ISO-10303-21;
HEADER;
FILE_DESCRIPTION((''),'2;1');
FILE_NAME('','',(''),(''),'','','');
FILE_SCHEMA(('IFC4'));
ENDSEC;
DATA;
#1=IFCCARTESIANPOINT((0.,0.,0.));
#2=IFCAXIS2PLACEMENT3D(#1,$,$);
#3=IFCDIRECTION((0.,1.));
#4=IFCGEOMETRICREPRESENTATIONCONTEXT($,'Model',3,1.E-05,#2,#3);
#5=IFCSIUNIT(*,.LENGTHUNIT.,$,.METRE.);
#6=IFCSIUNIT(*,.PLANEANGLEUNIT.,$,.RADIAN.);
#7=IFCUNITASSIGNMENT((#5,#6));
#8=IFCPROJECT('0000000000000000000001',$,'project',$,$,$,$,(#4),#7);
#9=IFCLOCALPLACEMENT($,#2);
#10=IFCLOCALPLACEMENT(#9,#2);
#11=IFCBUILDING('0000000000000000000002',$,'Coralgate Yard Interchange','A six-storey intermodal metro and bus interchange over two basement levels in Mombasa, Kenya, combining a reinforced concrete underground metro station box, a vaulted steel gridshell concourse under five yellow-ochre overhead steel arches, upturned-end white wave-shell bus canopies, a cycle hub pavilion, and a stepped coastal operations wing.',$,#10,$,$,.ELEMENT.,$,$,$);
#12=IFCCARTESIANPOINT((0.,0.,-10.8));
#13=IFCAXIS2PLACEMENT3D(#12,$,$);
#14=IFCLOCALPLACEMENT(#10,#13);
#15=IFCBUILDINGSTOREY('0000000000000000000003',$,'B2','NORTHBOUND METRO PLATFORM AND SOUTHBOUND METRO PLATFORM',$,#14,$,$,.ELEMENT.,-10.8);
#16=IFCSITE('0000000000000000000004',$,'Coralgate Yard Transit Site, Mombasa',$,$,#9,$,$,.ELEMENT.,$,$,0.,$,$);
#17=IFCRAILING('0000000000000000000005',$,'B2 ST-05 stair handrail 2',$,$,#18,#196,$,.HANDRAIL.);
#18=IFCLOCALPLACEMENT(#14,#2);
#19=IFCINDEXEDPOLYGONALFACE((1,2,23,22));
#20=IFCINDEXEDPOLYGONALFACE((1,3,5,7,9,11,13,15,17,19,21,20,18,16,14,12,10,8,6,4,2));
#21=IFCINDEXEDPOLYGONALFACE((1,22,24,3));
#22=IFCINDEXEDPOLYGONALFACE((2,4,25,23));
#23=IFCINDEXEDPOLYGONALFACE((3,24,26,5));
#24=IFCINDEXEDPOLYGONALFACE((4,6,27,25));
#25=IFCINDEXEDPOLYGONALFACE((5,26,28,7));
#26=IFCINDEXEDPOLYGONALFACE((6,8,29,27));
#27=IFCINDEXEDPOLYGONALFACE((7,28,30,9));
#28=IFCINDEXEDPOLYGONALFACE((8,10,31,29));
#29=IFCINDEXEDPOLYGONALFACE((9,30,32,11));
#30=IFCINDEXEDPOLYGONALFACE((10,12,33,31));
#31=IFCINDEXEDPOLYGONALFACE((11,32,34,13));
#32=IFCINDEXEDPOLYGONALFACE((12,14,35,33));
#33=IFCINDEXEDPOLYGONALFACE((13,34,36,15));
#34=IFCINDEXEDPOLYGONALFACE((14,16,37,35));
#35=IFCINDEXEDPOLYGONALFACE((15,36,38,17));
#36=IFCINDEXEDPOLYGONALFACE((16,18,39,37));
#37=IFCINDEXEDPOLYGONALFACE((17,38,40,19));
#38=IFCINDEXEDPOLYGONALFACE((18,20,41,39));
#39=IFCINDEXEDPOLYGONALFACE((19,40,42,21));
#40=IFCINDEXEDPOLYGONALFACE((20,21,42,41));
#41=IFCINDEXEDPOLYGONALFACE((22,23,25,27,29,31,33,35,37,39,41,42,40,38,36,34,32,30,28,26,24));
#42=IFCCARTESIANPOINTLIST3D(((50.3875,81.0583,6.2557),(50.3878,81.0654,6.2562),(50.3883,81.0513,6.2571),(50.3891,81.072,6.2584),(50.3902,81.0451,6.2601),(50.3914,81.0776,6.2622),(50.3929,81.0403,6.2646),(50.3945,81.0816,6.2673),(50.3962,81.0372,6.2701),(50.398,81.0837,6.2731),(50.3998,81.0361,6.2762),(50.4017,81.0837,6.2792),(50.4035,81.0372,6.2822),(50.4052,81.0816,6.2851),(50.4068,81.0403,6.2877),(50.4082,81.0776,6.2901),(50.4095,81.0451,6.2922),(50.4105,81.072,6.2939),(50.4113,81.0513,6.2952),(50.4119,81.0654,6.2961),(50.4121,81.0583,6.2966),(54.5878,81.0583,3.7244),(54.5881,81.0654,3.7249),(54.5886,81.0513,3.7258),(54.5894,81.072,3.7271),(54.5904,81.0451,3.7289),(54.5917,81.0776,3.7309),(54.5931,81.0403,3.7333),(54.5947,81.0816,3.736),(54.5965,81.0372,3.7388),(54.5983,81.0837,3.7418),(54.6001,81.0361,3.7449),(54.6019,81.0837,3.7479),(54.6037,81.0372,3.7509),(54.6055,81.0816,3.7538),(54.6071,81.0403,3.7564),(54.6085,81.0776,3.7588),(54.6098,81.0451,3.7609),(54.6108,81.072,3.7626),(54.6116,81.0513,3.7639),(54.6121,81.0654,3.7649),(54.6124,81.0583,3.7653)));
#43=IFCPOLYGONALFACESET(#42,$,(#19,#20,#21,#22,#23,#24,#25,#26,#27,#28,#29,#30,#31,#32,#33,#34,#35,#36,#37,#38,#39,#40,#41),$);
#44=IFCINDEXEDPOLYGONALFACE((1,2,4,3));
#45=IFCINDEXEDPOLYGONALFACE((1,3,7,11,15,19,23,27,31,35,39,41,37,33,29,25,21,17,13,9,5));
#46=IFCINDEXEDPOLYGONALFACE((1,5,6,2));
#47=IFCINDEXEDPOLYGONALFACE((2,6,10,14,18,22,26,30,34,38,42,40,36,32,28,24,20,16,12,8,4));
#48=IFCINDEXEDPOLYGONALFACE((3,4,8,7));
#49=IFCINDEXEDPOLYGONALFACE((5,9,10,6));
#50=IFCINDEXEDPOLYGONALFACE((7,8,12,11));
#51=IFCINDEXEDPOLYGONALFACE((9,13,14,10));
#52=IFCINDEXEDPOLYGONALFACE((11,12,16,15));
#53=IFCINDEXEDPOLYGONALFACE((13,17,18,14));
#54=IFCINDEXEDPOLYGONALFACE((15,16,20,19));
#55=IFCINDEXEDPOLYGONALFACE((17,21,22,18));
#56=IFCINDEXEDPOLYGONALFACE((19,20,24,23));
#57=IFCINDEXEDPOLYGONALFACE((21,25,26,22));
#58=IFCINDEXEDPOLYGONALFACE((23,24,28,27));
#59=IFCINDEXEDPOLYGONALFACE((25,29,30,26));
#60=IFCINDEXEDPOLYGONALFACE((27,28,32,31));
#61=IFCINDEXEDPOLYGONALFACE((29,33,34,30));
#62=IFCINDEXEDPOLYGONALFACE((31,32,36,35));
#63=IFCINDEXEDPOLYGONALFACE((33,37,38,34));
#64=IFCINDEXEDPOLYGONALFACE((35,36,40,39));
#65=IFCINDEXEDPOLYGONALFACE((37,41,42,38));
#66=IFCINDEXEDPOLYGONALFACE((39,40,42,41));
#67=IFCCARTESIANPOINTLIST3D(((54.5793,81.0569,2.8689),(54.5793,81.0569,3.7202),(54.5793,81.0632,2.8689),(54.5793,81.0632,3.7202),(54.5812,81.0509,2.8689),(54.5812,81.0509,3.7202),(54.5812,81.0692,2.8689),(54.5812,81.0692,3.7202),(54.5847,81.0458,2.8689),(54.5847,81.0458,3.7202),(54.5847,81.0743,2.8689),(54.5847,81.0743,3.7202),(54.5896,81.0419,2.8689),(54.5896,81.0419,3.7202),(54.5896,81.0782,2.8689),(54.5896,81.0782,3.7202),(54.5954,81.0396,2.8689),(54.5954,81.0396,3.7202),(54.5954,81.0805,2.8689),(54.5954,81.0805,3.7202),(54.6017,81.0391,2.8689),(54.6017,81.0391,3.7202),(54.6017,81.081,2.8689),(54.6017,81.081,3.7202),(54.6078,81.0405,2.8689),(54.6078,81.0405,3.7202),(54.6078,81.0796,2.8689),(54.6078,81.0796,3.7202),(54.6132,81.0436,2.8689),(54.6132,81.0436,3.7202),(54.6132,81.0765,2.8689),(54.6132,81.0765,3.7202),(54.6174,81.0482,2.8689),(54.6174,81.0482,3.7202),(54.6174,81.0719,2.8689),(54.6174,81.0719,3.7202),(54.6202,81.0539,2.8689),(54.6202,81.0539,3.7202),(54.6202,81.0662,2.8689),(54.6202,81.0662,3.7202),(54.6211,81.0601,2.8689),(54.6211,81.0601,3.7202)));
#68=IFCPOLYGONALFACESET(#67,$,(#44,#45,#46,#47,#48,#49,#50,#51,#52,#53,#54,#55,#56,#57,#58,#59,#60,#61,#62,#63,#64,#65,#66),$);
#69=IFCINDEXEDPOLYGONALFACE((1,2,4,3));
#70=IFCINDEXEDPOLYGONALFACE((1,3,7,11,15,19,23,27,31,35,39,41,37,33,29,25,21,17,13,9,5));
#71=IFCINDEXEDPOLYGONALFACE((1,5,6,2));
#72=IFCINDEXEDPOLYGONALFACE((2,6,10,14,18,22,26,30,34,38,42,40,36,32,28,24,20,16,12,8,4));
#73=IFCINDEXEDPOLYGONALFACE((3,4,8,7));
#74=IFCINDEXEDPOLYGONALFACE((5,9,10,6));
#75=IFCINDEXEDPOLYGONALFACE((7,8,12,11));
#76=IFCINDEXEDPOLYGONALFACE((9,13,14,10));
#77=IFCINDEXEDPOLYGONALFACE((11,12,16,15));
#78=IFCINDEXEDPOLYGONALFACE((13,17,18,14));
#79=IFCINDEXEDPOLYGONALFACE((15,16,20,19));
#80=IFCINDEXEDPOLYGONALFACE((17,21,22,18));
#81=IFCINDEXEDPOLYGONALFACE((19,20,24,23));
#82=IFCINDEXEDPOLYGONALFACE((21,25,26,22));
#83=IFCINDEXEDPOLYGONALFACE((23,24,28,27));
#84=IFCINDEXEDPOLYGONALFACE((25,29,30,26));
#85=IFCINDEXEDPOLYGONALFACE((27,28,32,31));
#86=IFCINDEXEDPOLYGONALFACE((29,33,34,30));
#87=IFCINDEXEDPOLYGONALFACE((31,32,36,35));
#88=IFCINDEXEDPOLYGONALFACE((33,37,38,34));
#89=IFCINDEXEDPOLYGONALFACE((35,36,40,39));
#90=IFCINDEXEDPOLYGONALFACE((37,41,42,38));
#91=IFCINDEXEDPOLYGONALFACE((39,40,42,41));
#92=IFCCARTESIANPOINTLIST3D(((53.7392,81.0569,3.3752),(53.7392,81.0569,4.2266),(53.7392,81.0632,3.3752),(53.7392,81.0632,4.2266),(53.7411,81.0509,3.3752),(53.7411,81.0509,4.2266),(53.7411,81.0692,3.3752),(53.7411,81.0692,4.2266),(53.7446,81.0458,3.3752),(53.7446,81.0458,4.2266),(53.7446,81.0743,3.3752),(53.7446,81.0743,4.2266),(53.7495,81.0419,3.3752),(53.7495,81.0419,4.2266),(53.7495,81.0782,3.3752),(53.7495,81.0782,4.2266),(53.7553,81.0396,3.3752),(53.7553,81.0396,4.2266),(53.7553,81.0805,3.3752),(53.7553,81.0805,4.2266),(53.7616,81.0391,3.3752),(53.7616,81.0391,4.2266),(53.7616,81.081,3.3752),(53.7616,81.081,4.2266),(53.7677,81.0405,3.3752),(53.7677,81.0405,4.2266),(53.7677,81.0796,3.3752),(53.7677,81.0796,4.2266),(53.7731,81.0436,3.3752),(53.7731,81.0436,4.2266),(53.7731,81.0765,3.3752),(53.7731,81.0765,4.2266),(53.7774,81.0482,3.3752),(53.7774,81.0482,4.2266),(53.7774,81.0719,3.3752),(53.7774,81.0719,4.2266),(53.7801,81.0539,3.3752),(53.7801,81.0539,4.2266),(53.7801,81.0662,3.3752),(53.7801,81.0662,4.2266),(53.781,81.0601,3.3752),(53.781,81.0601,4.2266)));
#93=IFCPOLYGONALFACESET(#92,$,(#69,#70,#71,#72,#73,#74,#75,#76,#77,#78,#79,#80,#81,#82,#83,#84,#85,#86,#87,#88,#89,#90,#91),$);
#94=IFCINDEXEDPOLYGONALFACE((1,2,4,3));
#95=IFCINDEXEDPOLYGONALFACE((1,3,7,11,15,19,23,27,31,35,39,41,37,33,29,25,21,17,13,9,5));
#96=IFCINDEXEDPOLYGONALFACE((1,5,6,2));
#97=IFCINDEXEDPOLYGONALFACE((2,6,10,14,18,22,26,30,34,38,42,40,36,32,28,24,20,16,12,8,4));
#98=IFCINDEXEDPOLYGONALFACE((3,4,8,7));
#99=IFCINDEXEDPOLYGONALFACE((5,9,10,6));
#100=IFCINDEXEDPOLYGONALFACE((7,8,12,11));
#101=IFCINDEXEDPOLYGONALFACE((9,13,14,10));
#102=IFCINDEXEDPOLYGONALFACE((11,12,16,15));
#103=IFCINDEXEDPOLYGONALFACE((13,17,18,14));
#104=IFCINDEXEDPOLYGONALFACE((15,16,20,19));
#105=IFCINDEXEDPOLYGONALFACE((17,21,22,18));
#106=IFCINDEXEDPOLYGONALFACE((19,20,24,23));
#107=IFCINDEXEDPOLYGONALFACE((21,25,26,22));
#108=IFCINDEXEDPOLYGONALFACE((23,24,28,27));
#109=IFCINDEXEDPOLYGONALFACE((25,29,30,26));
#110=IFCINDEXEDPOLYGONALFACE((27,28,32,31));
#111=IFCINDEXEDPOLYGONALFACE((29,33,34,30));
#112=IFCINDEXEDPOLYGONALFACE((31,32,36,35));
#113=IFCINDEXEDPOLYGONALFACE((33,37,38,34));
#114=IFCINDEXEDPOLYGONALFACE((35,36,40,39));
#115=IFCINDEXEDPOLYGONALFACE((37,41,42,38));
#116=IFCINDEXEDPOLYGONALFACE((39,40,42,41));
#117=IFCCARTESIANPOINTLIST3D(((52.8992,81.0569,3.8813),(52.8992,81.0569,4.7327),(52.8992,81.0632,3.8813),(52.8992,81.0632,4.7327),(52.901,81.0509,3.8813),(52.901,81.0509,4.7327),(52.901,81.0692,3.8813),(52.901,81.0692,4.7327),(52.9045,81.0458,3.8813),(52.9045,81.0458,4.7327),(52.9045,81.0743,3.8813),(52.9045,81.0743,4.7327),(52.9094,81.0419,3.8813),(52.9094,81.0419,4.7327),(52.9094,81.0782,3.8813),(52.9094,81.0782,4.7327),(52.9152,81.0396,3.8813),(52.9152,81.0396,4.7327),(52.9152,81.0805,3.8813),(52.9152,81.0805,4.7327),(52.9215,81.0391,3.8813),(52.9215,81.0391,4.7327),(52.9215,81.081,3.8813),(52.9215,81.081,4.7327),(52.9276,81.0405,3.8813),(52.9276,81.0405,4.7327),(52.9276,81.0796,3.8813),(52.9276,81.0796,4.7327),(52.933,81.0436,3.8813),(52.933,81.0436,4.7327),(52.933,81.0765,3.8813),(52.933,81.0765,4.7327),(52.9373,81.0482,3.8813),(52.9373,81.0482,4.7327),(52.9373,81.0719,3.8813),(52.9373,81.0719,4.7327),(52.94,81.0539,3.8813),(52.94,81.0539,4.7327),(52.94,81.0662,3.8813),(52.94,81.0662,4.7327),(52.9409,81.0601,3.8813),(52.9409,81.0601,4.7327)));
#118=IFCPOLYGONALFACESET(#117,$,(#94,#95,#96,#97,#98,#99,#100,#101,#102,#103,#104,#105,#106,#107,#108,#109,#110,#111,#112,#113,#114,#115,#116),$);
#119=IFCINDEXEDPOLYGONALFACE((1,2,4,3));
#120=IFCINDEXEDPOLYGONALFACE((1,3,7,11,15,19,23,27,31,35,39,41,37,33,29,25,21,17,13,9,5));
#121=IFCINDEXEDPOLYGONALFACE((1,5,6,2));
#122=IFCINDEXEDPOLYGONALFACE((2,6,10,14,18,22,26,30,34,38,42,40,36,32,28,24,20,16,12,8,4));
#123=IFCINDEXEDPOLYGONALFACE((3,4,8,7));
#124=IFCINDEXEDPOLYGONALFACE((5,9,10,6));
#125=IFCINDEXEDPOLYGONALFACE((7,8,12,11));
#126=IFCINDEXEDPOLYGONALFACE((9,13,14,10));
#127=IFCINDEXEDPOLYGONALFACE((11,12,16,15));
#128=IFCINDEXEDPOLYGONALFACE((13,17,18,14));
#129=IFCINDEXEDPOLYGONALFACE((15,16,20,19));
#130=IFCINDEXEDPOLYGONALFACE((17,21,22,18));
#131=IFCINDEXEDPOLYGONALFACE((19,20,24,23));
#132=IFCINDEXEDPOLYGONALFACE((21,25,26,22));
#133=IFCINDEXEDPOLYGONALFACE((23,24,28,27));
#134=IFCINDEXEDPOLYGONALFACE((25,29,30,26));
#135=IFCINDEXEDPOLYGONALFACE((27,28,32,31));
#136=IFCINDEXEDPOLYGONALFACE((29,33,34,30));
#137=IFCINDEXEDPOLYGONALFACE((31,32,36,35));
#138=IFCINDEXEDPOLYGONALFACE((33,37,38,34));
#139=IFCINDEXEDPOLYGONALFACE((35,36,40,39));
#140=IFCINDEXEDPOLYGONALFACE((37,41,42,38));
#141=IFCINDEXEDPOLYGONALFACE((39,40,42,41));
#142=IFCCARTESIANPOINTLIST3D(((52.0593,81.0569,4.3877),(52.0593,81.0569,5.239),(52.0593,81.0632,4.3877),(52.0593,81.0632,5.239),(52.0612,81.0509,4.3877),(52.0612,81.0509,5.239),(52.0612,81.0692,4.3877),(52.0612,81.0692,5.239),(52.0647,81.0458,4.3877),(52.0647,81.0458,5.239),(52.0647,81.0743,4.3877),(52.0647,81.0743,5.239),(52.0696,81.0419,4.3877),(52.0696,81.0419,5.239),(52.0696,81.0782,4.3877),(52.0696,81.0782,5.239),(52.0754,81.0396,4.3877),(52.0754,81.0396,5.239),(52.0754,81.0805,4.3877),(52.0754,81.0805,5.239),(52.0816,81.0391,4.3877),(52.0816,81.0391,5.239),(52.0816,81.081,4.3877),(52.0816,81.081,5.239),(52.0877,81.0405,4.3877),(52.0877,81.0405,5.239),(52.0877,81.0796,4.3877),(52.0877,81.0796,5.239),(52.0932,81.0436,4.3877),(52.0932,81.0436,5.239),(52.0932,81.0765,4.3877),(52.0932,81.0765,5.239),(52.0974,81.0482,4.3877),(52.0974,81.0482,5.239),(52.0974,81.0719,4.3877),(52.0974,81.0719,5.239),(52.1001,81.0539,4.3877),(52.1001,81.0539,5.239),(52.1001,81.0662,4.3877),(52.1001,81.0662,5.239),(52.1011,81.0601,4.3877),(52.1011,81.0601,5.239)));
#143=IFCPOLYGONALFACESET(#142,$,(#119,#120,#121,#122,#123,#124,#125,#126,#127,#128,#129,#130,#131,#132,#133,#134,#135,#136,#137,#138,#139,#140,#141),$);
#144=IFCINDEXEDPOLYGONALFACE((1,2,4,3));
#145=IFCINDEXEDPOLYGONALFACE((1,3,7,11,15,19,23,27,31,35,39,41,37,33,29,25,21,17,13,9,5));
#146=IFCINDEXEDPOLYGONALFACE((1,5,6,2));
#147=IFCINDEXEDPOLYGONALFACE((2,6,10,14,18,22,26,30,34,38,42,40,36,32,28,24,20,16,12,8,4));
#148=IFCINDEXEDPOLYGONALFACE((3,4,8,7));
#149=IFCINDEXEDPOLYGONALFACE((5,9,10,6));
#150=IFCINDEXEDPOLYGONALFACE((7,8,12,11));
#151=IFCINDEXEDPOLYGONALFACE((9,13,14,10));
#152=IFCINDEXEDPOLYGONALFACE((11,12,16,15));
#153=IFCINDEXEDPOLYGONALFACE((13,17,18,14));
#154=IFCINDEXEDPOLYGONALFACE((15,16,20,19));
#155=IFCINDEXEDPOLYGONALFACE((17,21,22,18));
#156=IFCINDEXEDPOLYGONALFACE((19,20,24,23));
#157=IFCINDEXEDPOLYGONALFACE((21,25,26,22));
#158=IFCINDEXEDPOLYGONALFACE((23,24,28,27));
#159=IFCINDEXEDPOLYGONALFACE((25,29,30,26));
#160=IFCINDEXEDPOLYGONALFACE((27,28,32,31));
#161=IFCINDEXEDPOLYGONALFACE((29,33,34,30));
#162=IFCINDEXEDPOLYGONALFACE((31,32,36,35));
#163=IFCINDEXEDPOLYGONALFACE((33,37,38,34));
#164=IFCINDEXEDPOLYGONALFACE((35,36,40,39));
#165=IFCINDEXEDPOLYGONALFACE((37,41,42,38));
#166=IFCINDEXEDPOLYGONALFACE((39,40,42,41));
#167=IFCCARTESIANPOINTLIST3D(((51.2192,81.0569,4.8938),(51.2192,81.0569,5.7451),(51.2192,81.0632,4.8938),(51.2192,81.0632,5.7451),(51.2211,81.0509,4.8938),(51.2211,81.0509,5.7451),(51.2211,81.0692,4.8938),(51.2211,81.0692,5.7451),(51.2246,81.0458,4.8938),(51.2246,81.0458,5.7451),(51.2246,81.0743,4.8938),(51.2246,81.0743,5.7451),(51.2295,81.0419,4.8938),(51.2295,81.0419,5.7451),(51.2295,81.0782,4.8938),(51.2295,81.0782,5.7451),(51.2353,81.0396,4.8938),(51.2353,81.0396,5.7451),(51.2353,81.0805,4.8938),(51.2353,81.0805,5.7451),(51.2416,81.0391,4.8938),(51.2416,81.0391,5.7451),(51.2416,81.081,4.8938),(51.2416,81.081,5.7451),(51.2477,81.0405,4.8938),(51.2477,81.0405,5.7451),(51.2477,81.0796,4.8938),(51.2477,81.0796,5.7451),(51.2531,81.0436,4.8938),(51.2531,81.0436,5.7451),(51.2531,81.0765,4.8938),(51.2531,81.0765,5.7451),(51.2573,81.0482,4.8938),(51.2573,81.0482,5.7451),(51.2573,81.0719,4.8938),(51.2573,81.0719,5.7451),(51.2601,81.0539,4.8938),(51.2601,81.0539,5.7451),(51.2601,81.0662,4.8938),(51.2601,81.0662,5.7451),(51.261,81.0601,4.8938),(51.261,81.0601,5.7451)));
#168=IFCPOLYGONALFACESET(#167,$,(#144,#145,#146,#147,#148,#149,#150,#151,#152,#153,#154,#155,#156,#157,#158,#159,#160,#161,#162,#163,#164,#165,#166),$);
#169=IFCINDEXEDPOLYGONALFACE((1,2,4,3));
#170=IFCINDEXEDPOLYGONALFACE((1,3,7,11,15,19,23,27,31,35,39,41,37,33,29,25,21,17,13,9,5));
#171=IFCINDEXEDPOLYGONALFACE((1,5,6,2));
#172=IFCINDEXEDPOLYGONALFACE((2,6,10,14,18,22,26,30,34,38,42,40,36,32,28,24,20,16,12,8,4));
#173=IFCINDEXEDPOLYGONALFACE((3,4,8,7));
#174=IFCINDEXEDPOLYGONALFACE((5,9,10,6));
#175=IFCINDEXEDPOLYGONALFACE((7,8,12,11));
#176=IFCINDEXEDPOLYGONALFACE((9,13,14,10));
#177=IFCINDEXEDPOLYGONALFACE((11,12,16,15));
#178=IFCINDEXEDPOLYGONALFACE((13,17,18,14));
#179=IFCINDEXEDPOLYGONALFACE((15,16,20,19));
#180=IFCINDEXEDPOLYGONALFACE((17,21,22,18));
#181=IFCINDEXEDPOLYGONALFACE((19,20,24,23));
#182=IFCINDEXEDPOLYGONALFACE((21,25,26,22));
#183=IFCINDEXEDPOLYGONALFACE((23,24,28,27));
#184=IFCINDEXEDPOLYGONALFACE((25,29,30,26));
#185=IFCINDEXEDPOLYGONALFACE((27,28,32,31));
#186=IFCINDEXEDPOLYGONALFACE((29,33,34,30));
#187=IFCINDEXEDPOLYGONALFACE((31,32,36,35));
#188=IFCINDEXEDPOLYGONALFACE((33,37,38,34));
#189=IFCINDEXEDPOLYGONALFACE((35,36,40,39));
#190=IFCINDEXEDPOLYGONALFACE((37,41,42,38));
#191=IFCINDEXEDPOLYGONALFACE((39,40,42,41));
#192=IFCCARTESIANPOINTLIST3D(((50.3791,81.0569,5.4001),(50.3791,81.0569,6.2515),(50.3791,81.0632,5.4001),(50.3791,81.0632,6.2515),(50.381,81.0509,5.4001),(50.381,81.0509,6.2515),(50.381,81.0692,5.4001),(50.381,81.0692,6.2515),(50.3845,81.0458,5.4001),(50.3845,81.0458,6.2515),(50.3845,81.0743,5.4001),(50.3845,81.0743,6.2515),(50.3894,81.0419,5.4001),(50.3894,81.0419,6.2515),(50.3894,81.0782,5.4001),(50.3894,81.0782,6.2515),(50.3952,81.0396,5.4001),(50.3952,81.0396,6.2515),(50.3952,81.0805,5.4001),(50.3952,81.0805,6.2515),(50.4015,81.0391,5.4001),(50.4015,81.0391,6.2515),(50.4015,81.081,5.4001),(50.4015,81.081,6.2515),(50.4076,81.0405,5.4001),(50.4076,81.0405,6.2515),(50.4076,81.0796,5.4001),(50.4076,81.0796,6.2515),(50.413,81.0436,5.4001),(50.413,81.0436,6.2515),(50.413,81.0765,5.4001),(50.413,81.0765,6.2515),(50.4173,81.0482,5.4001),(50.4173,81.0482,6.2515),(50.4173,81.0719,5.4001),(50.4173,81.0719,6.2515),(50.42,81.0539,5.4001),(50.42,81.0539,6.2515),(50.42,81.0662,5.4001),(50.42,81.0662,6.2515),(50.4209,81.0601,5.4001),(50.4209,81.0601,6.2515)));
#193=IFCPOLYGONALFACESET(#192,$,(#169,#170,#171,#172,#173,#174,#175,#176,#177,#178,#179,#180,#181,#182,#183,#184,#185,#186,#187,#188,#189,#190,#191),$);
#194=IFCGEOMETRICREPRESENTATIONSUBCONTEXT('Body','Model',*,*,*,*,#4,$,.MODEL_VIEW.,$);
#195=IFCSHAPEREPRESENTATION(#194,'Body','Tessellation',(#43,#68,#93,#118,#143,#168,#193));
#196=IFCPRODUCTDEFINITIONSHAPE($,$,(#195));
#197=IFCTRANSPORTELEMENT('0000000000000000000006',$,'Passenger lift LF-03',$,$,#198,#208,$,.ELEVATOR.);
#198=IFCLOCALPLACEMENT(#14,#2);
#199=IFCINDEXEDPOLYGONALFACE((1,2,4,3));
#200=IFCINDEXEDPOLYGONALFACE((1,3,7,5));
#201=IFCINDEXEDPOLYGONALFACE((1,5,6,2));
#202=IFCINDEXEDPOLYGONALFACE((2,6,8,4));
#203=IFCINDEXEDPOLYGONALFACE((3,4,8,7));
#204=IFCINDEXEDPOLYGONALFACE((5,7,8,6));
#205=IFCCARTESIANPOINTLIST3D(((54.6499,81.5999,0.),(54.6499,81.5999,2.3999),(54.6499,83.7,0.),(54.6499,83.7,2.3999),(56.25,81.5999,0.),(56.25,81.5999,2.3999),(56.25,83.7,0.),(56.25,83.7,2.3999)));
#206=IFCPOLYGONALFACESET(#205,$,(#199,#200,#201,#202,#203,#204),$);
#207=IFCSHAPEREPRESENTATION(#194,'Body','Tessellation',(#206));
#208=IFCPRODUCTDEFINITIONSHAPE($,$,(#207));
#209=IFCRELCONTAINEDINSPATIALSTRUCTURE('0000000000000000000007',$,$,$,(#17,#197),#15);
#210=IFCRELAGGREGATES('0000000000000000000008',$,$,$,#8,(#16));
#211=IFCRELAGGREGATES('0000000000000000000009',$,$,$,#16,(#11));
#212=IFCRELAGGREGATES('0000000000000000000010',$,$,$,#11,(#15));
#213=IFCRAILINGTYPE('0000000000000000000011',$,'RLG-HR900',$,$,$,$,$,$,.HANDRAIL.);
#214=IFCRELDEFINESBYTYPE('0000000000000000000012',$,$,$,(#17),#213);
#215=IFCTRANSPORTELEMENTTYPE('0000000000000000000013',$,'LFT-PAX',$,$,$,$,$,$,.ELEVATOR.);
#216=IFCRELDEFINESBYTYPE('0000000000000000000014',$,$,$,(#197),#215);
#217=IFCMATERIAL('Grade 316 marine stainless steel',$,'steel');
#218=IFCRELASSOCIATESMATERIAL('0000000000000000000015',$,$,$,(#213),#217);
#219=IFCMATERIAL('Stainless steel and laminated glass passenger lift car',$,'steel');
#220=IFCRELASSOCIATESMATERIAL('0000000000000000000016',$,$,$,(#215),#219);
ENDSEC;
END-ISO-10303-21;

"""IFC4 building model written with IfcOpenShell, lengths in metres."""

from ifc_helpers import new_model, si_unit, direction, frame, origin, origin_2d, place, context, subcontext, project, spatial, rectangle, circle, extrude, material, type_object, element, save


model = new_model("IFC4")

# Units and contexts
model_context = context("Model", 3, precision=1e-05, world=origin(), true_north=direction((0.0, 1.0)))
body_context = subcontext(model_context, "Body", "Model", "MODEL_VIEW")
ifc_project = project(units=[si_unit("LENGTHUNIT", "METRE"), si_unit("PLANEANGLEUNIT", "RADIAN")], contexts=[model_context])

# Site, building, storey
site_placement = place(None, origin())
site = spatial("IfcSite", under=ifc_project, at=site_placement, Name="Coralgate Yard Transit Site, Mombasa", CompositionType="ELEMENT", RefElevation=0.0)
building_placement = place(site_placement, origin())
building = spatial("IfcBuilding", under=site, at=building_placement, Name="Coralgate Yard Interchange", Description="A six-storey intermodal metro and bus interchange over two basement levels in Mombasa, Kenya, combining a reinforced concrete underground metro station box, a vaulted steel gridshell concourse under five yellow-ochre overhead steel arches, upturned-end white wave-shell bus canopies, a cycle hub pavilion, and a stepped coastal operations wing.", CompositionType="ELEMENT")
storey_placement = place(building_placement, frame((0.0, 0.0, -10.8)))
storey = spatial("IfcBuildingStorey", under=building, at=storey_placement, Name="B2", Description="NORTHBOUND METRO PLATFORM AND SOUTHBOUND METRO PLATFORM", CompositionType="ELEMENT", Elevation=-10.8)

# Railing
ifc_material_1 = material(Name="Grade 316 marine stainless steel", Category="steel")
railing_type_1 = type_object("IfcRailingType", Name="RLG-HR900", PredefinedType="HANDRAIL", material=ifc_material_1)
railing_1_placement = place(storey_placement, frame((54.6001, 81.0601, 2.8689)))
element("IfcRailing", 1, at=railing_1_placement, inside=storey, type_object=railing_type_1, Name="B2 ST-05 stair handrail 2", PredefinedType="HANDRAIL", context=body_context, shape_type="SweptSolid", body=[
    extrude(circle(Radius=0.0239, at=origin_2d()), frame((0.0, 0.0, 0.876), z_axis=(-0.85649, 0.0, 0.516164), x_axis=(0.0, -1.0, 0.0)), (0.0, 0.0, 1.0), 4.9041),
    extrude(circle(Radius=0.021, at=origin_2d()), origin(), (0.0, 0.0, 1.0), 0.8513),
    extrude(circle(Radius=0.021, at=origin_2d()), frame((-0.8401, 0.0, 0.5063)), (0.0, 0.0, 1.0), 0.8513),
    extrude(circle(Radius=0.021, at=origin_2d()), frame((-1.6802, 0.0, 1.0125)), (0.0, 0.0, 1.0), 0.8513),
    extrude(circle(Radius=0.021, at=origin_2d()), frame((-2.52, 0.0, 1.5188)), (0.0, 0.0, 1.0), 0.8513),
    extrude(circle(Radius=0.021, at=origin_2d()), frame((-3.3601, 0.0, 2.0249)), (0.0, 0.0, 1.0), 0.8513),
    extrude(circle(Radius=0.021, at=origin_2d()), frame((-4.2002, 0.0, 2.5312)), (0.0, 0.0, 1.0), 0.8513),
])

# Transport element
ifc_material_2 = material(Name="Stainless steel and laminated glass passenger lift car", Category="steel")
transport_element_type = type_object("IfcTransportElementType", Name="LFT-PAX", PredefinedType="ELEVATOR", material=ifc_material_2)
transport_element_placement = place(storey_placement, frame((55.45, 82.6499, 0.0), z_axis=(0.0, 0.0, 1.0), x_axis=(1.0, 0.0, 0.0)))
element("IfcTransportElement", 2, at=transport_element_placement, inside=storey, type_object=transport_element_type, Name="Passenger lift LF-03", PredefinedType="ELEVATOR", context=body_context, shape_type="SweptSolid", body=[
    extrude(rectangle(XDim=1.6001, YDim=2.1001, at=origin_2d()), origin(), (0.0, 0.0, 1.0), 2.3999),
])

save(model, "model.ifc")
